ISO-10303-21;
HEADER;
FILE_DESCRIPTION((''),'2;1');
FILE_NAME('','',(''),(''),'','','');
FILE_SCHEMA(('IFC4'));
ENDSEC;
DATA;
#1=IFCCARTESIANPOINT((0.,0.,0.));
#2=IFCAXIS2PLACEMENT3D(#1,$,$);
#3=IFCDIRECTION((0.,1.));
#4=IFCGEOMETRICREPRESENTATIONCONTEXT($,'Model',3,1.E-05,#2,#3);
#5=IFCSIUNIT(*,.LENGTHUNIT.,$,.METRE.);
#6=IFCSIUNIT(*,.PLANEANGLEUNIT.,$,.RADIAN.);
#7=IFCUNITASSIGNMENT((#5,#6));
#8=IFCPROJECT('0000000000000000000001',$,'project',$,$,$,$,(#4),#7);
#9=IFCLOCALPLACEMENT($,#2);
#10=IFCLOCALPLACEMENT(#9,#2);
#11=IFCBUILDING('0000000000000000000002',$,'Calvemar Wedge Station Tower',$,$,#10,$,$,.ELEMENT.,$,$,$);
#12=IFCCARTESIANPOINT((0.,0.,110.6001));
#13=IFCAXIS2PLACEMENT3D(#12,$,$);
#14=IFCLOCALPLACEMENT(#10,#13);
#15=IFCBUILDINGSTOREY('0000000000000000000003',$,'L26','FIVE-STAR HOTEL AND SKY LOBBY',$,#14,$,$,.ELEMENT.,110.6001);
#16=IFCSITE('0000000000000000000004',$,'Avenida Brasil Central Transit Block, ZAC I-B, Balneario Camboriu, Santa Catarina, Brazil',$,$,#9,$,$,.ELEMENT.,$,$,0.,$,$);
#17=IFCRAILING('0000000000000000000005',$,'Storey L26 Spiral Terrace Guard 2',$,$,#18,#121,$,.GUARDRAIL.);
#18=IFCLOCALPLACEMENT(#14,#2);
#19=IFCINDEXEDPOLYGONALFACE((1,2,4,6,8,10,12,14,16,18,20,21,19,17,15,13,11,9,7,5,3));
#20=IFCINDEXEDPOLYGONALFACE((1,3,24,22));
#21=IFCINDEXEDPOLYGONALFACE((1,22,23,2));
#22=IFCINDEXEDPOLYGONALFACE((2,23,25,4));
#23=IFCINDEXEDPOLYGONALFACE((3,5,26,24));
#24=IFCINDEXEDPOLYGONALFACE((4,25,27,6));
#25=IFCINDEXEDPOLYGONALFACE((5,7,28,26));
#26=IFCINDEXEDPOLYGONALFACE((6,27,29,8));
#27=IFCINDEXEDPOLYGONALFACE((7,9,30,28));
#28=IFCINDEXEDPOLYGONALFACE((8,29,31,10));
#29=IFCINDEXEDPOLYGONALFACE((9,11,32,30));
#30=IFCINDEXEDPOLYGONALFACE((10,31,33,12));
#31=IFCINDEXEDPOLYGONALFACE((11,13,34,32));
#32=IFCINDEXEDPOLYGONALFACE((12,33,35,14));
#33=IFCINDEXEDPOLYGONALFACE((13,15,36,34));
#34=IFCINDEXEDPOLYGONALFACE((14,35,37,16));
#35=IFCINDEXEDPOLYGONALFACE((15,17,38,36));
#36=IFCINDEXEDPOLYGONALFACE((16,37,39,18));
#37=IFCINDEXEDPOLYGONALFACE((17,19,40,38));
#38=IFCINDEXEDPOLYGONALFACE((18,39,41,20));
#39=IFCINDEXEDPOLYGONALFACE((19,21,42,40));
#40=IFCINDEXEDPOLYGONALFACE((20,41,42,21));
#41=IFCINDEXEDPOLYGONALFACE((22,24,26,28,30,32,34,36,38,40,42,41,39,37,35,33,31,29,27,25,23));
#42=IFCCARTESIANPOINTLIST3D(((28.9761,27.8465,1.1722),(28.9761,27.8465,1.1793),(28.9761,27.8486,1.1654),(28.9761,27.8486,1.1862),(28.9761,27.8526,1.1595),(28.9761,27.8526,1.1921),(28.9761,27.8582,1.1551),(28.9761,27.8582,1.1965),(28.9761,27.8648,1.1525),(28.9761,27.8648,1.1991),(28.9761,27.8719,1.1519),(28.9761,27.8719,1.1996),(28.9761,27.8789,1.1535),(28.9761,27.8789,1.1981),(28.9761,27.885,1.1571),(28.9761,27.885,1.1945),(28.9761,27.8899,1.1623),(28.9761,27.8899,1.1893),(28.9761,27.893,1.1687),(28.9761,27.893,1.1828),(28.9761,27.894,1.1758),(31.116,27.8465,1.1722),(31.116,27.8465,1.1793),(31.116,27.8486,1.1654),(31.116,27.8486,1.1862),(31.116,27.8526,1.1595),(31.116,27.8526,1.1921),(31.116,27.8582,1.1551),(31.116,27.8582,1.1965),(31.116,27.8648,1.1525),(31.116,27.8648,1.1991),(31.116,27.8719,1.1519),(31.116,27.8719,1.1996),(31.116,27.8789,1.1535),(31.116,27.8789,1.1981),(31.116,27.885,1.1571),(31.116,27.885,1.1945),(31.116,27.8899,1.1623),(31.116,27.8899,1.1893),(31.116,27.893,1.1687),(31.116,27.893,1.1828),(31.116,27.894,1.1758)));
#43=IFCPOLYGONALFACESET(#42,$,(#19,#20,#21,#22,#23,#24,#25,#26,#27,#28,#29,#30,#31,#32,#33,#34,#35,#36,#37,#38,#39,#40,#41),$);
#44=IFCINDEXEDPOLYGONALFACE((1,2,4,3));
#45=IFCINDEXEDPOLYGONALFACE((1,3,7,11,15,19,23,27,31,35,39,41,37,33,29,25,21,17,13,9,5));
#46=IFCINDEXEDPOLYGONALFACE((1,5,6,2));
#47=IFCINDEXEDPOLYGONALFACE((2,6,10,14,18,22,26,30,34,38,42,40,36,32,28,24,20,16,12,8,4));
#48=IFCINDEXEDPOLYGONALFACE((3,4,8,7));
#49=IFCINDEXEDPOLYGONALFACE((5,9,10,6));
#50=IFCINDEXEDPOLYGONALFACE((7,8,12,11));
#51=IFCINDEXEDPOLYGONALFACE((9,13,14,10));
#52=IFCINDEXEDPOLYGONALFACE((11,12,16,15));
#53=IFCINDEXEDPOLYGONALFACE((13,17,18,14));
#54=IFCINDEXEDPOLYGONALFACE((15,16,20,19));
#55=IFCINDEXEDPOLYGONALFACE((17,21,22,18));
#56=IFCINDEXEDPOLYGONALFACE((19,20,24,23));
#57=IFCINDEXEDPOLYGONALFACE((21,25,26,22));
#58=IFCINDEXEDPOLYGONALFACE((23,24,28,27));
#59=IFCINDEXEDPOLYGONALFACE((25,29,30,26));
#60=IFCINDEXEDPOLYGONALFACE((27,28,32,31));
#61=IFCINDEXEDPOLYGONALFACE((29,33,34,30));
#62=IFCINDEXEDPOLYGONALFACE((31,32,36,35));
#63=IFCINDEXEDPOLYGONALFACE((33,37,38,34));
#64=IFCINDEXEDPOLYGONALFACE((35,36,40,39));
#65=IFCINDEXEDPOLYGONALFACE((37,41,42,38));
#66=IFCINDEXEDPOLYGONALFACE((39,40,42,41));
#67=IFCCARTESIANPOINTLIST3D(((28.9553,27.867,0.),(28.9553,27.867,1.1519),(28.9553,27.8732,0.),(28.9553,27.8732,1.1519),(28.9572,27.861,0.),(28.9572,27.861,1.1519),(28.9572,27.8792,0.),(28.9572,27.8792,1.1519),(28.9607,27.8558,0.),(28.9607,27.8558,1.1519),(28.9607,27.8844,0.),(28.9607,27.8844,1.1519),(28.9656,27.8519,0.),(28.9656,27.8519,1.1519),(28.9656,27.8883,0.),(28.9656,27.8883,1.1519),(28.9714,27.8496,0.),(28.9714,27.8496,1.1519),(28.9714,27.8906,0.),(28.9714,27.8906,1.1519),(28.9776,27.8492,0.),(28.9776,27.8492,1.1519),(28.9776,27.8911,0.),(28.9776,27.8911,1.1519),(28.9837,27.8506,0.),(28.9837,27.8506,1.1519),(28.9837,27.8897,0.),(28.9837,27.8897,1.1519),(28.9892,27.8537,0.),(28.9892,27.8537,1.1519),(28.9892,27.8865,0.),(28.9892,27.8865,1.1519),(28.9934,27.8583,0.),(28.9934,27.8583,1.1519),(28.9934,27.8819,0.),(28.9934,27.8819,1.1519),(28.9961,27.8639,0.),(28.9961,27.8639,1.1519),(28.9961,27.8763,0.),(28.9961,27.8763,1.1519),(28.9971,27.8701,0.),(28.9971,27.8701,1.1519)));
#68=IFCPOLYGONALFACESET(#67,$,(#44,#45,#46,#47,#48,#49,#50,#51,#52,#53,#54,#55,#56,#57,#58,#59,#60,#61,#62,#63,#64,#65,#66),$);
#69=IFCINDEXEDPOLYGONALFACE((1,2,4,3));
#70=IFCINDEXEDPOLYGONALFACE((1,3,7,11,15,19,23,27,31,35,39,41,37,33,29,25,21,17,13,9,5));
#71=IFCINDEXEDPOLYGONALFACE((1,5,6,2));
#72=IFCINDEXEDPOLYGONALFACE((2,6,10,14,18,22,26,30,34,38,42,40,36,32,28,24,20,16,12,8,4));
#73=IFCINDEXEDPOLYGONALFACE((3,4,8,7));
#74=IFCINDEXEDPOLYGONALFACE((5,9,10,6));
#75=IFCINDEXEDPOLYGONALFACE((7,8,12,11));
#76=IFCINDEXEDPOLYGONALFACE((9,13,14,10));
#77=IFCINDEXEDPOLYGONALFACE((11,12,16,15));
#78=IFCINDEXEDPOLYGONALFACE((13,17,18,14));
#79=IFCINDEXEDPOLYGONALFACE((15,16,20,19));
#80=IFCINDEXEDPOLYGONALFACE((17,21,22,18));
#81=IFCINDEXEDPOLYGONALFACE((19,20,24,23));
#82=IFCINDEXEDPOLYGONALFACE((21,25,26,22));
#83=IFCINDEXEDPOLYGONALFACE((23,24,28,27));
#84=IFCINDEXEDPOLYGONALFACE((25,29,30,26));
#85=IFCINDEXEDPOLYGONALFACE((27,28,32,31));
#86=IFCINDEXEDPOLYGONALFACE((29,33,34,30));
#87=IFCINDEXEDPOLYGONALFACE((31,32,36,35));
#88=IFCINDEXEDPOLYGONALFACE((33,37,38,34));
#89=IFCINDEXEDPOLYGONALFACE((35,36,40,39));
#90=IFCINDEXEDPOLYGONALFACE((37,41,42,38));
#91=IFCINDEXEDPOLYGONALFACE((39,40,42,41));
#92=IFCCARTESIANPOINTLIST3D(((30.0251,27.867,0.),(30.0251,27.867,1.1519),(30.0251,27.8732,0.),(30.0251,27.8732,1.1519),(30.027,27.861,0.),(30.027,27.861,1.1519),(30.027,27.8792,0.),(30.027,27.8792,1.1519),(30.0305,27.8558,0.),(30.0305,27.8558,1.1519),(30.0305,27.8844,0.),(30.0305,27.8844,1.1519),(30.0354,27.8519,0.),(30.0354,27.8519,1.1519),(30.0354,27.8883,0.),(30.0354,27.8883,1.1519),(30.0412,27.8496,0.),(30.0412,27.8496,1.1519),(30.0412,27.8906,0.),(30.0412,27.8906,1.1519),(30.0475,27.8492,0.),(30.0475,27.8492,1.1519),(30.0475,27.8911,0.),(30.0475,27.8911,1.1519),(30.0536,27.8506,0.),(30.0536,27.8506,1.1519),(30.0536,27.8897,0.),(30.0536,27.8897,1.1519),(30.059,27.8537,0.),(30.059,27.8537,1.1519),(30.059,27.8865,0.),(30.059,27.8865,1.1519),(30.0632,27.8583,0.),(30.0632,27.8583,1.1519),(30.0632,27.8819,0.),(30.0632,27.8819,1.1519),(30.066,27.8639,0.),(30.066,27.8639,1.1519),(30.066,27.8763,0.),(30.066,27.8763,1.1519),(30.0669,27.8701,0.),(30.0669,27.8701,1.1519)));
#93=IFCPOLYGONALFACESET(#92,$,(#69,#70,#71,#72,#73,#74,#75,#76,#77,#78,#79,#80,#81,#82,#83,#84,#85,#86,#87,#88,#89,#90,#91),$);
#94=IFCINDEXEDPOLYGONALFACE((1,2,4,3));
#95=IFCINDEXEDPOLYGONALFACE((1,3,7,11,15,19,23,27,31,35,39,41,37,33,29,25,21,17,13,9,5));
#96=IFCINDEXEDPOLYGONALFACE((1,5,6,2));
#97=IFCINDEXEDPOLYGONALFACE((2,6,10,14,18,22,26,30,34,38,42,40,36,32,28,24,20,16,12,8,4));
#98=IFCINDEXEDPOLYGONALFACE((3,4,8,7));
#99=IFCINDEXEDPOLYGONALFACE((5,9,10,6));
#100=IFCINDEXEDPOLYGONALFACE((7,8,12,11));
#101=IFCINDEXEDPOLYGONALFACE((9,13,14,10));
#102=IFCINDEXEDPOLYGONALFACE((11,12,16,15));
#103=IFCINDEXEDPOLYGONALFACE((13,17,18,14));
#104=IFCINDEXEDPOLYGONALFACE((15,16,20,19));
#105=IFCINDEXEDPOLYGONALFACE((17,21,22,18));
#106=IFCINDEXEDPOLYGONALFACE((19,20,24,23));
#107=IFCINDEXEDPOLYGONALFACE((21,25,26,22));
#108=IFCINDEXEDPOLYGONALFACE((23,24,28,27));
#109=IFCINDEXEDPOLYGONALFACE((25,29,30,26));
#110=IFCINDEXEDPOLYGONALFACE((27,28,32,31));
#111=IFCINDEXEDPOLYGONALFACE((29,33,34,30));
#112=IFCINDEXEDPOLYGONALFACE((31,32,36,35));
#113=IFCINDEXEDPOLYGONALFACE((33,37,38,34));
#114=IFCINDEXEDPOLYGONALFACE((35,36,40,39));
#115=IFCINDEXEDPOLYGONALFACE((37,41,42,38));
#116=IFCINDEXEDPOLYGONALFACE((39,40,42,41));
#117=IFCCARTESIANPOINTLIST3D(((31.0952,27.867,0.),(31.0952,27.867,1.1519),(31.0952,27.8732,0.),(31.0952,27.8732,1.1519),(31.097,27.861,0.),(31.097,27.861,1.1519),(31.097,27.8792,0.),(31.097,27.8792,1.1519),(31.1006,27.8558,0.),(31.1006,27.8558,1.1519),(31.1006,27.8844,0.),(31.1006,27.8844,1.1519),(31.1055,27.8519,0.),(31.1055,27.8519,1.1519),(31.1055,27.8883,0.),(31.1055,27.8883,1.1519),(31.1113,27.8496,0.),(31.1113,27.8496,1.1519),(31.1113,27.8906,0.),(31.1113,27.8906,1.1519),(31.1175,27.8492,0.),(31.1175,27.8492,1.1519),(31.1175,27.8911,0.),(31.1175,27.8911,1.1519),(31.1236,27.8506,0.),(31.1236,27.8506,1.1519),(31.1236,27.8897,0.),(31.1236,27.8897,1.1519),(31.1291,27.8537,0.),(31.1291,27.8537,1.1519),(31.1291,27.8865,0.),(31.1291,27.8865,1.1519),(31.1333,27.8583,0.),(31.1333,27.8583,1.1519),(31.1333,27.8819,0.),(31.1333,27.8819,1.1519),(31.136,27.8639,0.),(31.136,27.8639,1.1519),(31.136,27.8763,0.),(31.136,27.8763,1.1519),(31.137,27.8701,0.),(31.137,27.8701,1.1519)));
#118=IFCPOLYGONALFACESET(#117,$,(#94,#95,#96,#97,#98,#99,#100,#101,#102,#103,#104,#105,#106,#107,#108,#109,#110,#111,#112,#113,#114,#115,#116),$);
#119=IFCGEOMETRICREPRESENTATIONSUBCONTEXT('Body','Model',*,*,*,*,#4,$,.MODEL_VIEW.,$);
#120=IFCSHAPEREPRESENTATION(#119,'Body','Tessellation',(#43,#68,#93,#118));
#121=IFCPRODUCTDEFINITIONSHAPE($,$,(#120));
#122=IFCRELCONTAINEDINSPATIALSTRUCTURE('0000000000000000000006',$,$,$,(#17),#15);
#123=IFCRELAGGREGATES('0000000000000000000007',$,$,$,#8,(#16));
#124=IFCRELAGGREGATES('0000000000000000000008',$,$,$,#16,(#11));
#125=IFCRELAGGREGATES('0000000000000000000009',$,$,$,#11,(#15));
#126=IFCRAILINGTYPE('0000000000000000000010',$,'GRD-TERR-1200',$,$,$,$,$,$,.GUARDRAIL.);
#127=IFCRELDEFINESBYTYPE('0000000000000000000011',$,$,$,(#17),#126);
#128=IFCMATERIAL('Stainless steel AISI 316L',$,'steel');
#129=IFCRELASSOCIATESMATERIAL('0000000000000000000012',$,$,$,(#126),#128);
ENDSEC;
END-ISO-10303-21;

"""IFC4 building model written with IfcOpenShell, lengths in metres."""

from ifc_helpers import new_model, si_unit, direction, frame, origin, origin_2d, place, context, subcontext, project, spatial, circle, extrude, material, type_object, element, save


model = new_model("IFC4")

# Units and contexts
model_context = context("Model", 3, precision=1e-05, world=origin(), true_north=direction((0.0, 1.0)))
body_context = subcontext(model_context, "Body", "Model", "MODEL_VIEW")
ifc_project = project(units=[si_unit("LENGTHUNIT", "METRE"), si_unit("PLANEANGLEUNIT", "RADIAN")], contexts=[model_context])

# Site, building, storey
site_placement = place(None, origin())
site = spatial("IfcSite", under=ifc_project, at=site_placement, Name="Avenida Brasil Central Transit Block, ZAC I-B, Balneario Camboriu, Santa Catarina, Brazil", CompositionType="ELEMENT", RefElevation=0.0)
building_placement = place(site_placement, origin())
building = spatial("IfcBuilding", under=site, at=building_placement, Name="Calvemar Wedge Station Tower", CompositionType="ELEMENT")
storey_placement = place(building_placement, frame((0.0, 0.0, 110.6001)))
storey = spatial("IfcBuildingStorey", under=building, at=storey_placement, Name="L26", Description="FIVE-STAR HOTEL AND SKY LOBBY", CompositionType="ELEMENT", Elevation=110.6001)

# Railing
ifc_material_1 = material(Name="Stainless steel AISI 316L", Category="steel")
railing_type = type_object("IfcRailingType", Name="GRD-TERR-1200", PredefinedType="GUARDRAIL", material=ifc_material_1)
railing_1_placement = place(storey_placement, frame((28.9761, 27.8701, 0.0)))
element("IfcRailing", 1, at=railing_1_placement, inside=storey, type_object=railing_type, Name="Storey L26 Spiral Terrace Guard 2", PredefinedType="GUARDRAIL", context=body_context, shape_type="SweptSolid", body=[
    extrude(circle(Radius=0.0239, at=origin_2d()), frame((0.0, 0.0, 1.1758), z_axis=(1.0, 0.0, 0.0), x_axis=(0.0, 1.0, 0.0)), (0.0, 0.0, 1.0), 2.1399),
    extrude(circle(Radius=0.021, at=origin_2d()), origin(), (0.0, 0.0, 1.0), 1.1519),
    extrude(circle(Radius=0.021, at=origin_2d()), frame((1.0698, 0.0, 0.0)), (0.0, 0.0, 1.0), 1.1519),
    extrude(circle(Radius=0.021, at=origin_2d()), frame((2.1399, 0.0, 0.0)), (0.0, 0.0, 1.0), 1.1519),
])

save(model, "model.ifc")
